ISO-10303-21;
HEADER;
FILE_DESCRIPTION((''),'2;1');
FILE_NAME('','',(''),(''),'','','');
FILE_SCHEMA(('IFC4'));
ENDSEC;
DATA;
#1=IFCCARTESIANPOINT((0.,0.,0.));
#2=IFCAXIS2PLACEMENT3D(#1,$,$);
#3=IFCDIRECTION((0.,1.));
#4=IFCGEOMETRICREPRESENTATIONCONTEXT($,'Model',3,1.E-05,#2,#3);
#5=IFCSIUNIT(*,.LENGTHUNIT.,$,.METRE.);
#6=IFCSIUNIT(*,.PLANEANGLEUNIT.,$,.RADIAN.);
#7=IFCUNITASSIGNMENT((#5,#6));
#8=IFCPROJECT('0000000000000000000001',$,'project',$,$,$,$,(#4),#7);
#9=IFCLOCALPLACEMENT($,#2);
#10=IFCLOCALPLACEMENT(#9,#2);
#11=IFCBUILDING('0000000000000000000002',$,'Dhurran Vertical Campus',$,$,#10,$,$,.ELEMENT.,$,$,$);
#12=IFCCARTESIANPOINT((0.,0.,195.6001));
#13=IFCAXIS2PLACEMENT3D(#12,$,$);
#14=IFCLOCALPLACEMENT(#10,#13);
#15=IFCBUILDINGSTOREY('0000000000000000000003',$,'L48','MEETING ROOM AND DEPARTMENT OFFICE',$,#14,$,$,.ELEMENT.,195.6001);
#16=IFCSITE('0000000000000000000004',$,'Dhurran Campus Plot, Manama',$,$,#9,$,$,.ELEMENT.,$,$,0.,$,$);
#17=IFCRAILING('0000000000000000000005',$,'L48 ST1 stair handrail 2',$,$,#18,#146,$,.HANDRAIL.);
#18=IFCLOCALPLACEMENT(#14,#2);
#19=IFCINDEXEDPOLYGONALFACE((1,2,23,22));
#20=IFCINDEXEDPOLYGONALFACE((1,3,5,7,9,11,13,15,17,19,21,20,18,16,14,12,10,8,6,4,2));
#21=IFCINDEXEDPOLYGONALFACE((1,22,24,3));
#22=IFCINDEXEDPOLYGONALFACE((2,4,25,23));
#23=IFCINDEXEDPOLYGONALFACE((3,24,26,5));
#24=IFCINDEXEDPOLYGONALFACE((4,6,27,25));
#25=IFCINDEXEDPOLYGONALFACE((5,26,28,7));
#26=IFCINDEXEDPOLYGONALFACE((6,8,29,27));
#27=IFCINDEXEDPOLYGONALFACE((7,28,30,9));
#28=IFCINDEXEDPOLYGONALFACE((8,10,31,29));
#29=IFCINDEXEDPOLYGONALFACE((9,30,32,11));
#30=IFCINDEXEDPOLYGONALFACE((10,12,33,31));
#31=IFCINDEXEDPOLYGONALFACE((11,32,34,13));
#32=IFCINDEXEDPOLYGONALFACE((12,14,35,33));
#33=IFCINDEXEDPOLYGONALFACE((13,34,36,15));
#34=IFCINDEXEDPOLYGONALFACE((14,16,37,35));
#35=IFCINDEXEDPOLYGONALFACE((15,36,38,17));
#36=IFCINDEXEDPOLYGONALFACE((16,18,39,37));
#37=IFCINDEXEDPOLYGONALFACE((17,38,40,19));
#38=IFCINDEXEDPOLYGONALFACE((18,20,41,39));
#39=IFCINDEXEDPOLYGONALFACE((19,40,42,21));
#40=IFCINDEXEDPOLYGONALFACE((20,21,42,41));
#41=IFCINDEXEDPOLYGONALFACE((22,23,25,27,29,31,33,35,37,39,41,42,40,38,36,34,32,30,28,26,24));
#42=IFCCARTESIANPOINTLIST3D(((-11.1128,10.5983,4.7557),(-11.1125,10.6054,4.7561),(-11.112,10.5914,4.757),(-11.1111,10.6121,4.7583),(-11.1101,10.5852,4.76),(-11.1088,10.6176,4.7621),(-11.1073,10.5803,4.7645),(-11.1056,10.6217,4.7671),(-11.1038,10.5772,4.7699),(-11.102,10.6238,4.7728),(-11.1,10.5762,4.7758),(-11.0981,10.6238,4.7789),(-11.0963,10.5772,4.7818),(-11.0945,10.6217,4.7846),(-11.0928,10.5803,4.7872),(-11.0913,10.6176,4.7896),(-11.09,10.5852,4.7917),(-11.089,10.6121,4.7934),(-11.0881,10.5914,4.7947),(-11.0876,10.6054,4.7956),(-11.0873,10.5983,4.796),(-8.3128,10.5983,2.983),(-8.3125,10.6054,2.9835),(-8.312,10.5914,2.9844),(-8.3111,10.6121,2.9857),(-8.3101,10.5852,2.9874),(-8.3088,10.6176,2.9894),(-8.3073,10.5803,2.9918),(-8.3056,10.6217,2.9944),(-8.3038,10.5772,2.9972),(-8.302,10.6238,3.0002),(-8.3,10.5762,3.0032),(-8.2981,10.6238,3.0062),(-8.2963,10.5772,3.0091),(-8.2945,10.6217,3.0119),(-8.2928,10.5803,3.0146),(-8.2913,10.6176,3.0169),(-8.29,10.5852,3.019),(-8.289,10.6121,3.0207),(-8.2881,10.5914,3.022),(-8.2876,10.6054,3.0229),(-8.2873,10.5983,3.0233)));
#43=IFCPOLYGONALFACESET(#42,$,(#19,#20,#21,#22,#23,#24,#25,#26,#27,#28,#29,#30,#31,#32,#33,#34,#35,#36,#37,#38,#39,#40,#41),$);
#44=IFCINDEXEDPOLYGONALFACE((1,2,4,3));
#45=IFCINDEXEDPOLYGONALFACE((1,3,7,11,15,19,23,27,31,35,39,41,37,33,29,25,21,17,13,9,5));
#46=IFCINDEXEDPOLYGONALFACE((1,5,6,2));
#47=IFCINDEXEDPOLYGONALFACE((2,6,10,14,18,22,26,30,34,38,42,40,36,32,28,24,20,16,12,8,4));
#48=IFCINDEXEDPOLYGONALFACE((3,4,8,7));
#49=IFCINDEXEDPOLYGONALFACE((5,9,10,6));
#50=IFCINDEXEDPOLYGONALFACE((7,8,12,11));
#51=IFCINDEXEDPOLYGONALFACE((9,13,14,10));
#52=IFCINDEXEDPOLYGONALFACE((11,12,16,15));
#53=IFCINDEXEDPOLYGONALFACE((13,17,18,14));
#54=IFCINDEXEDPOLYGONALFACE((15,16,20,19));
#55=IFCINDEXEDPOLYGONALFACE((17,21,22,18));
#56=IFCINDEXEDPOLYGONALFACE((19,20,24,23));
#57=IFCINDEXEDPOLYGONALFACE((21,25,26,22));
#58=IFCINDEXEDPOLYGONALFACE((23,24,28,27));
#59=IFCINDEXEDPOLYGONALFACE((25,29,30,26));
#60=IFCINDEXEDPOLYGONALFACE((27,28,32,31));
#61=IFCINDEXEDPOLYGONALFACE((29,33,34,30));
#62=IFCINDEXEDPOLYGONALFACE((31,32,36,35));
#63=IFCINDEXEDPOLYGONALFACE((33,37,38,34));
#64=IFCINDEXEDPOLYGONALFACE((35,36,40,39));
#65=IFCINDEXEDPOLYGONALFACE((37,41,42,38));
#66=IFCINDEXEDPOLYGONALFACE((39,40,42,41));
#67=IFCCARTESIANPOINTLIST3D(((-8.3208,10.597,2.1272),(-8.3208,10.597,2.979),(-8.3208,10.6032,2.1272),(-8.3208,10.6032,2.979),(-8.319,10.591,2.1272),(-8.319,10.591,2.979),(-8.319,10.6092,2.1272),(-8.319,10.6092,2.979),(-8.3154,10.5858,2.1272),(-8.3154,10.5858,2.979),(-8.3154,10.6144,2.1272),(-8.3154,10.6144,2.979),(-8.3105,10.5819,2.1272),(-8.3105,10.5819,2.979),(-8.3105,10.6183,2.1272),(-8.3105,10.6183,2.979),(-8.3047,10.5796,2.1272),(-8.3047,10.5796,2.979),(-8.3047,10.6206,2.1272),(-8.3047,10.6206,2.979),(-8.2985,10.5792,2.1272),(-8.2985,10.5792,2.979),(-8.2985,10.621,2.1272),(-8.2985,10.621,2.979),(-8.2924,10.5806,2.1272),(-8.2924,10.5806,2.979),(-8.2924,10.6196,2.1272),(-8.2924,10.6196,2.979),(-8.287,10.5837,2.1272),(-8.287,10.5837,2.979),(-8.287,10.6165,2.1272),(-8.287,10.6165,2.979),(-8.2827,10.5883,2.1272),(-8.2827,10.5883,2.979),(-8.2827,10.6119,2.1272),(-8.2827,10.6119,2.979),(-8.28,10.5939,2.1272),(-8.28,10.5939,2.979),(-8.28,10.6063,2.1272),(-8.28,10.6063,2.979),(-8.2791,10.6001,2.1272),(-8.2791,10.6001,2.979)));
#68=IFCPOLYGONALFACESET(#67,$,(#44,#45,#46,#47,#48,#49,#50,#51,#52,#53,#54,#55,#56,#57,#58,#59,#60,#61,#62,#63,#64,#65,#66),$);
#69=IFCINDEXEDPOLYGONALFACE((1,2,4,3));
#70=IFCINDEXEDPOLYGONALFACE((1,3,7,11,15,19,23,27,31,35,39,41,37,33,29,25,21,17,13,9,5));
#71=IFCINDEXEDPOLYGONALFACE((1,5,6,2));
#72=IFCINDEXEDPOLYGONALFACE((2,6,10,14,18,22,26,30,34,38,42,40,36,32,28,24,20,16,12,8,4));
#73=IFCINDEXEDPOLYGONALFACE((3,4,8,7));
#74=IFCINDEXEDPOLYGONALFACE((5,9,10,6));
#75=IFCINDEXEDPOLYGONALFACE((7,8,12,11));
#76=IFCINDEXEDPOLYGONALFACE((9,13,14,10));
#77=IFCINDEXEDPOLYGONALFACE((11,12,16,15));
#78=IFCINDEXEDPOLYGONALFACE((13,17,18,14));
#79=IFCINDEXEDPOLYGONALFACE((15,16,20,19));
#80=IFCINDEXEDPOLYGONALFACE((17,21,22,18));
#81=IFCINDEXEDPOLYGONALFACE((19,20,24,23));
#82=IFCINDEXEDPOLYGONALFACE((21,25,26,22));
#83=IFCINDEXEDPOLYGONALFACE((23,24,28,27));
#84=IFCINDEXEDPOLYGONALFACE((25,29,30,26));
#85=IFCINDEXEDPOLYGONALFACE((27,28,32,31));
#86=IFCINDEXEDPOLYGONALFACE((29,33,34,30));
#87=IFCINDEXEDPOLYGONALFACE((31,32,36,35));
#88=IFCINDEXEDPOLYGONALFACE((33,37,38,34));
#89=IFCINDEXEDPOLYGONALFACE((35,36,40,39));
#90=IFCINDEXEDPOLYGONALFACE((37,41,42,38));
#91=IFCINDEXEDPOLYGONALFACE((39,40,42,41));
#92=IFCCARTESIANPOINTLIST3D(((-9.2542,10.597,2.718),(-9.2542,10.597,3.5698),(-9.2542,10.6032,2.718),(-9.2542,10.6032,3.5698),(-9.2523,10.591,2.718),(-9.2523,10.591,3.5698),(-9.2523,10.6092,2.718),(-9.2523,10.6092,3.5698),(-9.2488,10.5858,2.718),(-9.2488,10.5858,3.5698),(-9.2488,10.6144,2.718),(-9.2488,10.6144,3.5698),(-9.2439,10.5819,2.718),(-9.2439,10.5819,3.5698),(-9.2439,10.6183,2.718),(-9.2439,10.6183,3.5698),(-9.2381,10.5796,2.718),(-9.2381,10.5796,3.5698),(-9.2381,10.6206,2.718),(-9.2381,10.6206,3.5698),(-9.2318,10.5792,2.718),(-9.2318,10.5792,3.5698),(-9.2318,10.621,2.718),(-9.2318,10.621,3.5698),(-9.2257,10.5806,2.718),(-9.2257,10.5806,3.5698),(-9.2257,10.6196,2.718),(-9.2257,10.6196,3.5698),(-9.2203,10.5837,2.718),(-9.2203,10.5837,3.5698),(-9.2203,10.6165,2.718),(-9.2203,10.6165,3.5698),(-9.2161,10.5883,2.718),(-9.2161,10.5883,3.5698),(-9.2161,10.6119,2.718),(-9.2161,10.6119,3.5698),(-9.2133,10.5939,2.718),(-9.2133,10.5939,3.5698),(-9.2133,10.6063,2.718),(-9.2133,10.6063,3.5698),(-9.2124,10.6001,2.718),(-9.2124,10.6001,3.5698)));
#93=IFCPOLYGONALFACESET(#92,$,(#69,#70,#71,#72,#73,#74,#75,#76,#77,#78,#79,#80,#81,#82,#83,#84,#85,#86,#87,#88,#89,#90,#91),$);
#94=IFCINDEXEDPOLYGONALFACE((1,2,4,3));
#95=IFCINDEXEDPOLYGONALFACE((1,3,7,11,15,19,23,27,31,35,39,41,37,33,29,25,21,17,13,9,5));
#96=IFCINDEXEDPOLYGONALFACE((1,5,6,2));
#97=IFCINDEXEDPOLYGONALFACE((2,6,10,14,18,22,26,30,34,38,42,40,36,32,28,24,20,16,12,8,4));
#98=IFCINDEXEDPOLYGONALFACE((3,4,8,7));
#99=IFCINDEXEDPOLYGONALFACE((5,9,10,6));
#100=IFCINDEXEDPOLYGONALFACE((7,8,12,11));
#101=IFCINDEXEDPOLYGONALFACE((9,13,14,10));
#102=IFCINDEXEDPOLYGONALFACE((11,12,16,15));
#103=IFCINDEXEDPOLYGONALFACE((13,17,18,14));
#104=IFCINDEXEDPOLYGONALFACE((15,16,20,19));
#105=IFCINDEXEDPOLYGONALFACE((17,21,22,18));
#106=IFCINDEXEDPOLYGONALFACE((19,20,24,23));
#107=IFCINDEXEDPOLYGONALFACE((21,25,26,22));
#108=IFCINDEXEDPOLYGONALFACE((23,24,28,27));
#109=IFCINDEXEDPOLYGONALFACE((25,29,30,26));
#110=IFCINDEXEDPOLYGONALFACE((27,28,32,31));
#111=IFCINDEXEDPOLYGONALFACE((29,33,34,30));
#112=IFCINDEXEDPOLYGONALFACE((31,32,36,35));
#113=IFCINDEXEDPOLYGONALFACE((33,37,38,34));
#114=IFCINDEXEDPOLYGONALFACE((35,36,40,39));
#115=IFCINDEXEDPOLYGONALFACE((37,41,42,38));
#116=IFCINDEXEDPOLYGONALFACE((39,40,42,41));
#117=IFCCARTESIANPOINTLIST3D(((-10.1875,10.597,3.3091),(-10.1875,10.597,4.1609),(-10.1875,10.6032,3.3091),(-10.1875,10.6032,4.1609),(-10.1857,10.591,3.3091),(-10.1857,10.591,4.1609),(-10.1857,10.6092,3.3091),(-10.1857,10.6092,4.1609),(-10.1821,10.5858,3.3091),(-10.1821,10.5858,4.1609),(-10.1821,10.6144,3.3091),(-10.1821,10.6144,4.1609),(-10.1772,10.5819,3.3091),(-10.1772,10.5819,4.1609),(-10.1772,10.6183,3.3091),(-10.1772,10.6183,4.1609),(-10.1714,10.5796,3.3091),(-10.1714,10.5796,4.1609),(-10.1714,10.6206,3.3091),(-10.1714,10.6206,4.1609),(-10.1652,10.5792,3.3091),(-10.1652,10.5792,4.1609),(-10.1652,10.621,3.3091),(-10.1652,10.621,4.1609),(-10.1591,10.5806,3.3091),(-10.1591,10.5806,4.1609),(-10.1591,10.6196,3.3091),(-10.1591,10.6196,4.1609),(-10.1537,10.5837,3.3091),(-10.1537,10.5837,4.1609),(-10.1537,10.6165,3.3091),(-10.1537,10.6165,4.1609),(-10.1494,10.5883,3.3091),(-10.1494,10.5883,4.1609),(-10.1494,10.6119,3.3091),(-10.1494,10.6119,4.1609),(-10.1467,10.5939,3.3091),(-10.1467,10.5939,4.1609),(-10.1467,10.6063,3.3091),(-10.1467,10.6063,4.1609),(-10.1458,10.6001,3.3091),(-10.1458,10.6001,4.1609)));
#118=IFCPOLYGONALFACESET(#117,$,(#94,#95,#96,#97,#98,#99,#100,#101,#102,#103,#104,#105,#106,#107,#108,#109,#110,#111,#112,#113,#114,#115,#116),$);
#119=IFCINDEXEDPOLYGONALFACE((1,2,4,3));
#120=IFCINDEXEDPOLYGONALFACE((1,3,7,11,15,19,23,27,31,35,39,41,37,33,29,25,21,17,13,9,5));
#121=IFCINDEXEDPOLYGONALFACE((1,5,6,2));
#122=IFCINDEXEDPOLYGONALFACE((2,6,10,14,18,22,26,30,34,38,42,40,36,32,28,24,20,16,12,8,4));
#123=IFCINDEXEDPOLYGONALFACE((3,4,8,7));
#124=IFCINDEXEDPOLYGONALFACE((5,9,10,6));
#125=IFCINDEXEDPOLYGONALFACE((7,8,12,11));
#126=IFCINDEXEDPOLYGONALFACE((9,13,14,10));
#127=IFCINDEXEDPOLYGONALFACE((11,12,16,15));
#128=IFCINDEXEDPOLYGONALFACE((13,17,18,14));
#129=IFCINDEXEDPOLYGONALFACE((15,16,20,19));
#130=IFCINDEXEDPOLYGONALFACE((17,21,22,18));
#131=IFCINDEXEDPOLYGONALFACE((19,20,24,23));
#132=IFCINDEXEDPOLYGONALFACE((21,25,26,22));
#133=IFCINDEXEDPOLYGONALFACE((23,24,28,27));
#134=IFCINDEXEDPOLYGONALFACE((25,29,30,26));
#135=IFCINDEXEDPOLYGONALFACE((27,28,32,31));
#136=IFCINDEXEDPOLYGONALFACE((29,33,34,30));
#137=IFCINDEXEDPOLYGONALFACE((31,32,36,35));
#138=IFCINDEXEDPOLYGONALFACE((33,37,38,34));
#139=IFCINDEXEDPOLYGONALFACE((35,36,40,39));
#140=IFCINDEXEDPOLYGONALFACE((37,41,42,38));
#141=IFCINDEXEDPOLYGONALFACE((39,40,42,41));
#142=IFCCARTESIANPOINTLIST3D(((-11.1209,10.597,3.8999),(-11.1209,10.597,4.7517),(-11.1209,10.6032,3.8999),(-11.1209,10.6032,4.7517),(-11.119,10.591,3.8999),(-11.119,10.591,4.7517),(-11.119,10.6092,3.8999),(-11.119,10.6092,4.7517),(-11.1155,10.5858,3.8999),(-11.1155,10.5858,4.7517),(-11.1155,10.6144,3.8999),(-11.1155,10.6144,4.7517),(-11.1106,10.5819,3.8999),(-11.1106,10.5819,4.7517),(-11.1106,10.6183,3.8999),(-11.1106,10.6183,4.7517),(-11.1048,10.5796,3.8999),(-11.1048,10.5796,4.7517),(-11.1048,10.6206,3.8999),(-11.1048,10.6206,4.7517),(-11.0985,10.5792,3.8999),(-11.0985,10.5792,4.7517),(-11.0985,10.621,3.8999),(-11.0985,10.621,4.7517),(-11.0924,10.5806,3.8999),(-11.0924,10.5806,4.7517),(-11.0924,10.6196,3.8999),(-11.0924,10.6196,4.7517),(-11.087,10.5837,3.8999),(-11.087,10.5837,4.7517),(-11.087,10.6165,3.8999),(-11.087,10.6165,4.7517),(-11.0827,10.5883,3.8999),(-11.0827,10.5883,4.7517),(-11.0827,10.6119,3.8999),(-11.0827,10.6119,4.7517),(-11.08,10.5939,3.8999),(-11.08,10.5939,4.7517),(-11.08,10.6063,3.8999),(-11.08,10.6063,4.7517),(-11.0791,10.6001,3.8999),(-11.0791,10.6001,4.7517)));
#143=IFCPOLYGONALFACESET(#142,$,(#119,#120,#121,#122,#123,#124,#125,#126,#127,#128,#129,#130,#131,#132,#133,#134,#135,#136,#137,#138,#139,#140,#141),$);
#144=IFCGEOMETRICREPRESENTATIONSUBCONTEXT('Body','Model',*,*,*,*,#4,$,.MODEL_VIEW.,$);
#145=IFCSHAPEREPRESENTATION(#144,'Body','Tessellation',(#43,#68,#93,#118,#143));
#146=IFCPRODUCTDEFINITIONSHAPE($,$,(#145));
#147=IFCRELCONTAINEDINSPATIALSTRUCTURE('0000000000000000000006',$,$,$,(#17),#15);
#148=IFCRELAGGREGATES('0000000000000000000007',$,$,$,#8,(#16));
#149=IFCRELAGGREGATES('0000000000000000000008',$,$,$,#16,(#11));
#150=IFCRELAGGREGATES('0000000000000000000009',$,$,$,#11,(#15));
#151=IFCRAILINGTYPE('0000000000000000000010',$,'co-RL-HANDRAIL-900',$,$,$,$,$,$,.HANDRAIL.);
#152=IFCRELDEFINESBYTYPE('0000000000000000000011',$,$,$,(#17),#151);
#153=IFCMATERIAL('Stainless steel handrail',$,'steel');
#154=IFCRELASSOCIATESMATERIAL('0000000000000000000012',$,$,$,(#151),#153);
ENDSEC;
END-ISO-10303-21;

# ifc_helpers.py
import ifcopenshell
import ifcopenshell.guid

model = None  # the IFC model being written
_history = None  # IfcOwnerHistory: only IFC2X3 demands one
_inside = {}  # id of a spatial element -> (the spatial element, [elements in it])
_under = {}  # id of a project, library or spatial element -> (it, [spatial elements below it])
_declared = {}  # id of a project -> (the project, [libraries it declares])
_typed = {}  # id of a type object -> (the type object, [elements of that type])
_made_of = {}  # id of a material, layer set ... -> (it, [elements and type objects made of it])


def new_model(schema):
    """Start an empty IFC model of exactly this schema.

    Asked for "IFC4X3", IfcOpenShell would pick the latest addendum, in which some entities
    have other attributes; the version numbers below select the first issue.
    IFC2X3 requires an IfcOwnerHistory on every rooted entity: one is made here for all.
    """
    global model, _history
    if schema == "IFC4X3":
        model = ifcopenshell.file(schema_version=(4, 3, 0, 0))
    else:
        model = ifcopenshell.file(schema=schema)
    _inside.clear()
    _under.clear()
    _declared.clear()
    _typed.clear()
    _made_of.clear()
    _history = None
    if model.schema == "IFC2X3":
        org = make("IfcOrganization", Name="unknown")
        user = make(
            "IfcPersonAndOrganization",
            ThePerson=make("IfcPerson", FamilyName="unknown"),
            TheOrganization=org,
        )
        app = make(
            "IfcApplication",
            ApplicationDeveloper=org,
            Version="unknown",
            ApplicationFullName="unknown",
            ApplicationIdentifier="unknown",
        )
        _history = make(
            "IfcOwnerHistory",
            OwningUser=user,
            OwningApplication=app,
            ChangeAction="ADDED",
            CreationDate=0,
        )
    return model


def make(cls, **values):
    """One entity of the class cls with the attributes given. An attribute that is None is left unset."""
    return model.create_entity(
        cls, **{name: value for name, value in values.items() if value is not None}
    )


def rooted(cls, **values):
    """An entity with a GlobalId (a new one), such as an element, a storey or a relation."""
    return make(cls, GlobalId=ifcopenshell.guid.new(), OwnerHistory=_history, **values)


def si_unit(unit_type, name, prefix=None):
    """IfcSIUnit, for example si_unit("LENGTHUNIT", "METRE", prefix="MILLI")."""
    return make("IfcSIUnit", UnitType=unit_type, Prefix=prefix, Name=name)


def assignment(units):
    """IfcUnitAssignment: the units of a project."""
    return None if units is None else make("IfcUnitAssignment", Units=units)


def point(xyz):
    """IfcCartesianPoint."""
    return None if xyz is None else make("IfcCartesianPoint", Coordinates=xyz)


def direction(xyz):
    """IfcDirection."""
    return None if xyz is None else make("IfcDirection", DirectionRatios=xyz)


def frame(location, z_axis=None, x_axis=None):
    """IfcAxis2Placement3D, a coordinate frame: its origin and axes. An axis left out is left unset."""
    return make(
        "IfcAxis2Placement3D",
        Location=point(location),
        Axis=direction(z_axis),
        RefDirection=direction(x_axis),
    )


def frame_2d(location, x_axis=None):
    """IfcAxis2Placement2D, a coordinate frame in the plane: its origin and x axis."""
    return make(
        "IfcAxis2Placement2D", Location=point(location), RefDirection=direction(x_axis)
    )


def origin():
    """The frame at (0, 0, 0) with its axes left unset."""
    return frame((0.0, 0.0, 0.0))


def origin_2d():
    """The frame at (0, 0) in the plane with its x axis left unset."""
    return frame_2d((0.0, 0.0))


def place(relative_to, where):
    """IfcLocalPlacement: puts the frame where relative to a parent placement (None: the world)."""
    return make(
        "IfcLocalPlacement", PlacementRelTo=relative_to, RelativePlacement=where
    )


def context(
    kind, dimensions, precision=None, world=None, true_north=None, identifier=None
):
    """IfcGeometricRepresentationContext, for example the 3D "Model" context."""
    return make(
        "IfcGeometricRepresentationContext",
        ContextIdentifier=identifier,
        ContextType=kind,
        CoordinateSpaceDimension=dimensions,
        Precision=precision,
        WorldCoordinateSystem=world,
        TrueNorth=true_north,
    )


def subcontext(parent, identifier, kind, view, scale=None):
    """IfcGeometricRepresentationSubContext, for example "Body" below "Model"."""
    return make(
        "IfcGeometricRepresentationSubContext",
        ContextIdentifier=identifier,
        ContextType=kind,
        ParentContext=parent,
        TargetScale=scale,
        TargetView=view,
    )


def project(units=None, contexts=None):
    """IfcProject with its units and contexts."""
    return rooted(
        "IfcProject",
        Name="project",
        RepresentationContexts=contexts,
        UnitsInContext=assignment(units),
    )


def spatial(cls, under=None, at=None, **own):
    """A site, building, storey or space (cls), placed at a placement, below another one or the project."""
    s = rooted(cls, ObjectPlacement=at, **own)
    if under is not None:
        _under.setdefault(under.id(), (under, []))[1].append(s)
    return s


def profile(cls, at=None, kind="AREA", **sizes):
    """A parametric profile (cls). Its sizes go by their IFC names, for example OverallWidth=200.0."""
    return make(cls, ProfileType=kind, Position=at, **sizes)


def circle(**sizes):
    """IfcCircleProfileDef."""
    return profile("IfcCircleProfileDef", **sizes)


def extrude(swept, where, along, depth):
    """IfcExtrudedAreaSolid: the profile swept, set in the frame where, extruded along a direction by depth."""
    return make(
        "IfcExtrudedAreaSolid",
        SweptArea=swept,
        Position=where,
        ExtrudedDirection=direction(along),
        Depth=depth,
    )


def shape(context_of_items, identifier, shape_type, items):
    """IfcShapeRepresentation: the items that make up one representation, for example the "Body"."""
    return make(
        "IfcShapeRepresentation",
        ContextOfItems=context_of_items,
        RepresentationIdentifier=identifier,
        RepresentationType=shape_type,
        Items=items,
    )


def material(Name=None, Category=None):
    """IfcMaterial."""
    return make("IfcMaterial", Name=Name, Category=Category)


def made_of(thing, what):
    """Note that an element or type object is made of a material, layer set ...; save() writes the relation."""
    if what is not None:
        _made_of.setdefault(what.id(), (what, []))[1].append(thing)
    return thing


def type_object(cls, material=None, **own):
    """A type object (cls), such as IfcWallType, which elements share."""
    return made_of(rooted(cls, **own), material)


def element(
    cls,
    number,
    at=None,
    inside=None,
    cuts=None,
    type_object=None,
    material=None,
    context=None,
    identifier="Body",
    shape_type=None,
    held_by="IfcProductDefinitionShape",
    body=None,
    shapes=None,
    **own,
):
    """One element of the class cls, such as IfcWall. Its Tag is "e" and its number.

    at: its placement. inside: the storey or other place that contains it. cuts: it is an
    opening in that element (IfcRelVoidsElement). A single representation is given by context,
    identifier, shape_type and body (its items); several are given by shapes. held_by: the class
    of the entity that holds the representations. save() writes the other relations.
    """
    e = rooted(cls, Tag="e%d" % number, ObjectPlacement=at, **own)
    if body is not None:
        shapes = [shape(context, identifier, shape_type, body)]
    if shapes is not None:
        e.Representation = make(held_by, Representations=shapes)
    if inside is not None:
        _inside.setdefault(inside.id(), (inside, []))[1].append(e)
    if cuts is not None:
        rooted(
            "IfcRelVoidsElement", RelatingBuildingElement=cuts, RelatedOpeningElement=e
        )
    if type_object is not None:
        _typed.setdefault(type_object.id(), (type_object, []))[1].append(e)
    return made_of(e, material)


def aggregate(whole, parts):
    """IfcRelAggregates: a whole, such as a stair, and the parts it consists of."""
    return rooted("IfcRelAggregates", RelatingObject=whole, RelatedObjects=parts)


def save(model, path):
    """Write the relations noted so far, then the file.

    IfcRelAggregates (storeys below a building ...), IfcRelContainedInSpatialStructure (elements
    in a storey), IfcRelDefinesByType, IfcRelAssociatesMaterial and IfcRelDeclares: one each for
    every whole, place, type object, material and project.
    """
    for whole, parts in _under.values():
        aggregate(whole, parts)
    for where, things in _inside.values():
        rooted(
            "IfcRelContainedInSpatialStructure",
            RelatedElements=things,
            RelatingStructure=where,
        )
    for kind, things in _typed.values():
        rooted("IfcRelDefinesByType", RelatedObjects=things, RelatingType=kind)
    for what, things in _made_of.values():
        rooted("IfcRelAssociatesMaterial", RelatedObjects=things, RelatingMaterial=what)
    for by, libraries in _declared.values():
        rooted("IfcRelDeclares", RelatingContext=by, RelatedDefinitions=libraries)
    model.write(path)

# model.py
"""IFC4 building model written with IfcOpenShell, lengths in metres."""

from ifc_helpers import new_model, si_unit, direction, frame, origin, origin_2d, place, context, subcontext, project, spatial, circle, extrude, material, type_object, element, save


model = new_model("IFC4")

# Units and contexts
model_context = context("Model", 3, precision=1e-05, world=origin(), true_north=direction((0.0, 1.0)))
body_context = subcontext(model_context, "Body", "Model", "MODEL_VIEW")
ifc_project = project(units=[si_unit("LENGTHUNIT", "METRE"), si_unit("PLANEANGLEUNIT", "RADIAN")], contexts=[model_context])

# Site, building, storey
site_placement = place(None, origin())
site = spatial("IfcSite", under=ifc_project, at=site_placement, Name="Dhurran Campus Plot, Manama", CompositionType="ELEMENT", RefElevation=0.0)
building_placement = place(site_placement, origin())
building = spatial("IfcBuilding", under=site, at=building_placement, Name="Dhurran Vertical Campus", CompositionType="ELEMENT")
storey_placement = place(building_placement, frame((0.0, 0.0, 195.6001)))
storey = spatial("IfcBuildingStorey", under=building, at=storey_placement, Name="L48", Description="MEETING ROOM AND DEPARTMENT OFFICE", CompositionType="ELEMENT", Elevation=195.6001)

# Railing
ifc_material_1 = material(Name="Stainless steel handrail", Category="steel")
railing_type_1 = type_object("IfcRailingType", Name="co-RL-HANDRAIL-900", PredefinedType="HANDRAIL", material=ifc_material_1)
railing_1_placement = place(storey_placement, frame((-8.3, 10.6001, 2.1272)))
element("IfcRailing", 1, at=railing_1_placement, inside=storey, type_object=railing_type_1, Name="L48 ST1 stair handrail 2", PredefinedType="HANDRAIL", context=body_context, shape_type="SweptSolid", body=[
    extrude(circle(Radius=0.0239, at=origin_2d()), frame((0.0, 0.0, 0.876), z_axis=(-0.844909, 0.0, 0.53491), x_axis=(0.0, -1.0, 0.0)), (0.0, 0.0, 1.0), 3.314),
    extrude(circle(Radius=0.021, at=origin_2d()), origin(), (0.0, 0.0, 1.0), 0.8518),
    extrude(circle(Radius=0.021, at=origin_2d()), frame((-0.9333, 0.0, 0.5908)), (0.0, 0.0, 1.0), 0.8518),
    extrude(circle(Radius=0.021, at=origin_2d()), frame((-1.8667, 0.0, 1.1819)), (0.0, 0.0, 1.0), 0.8518),
    extrude(circle(Radius=0.021, at=origin_2d()), frame((-2.8, 0.0, 1.7727)), (0.0, 0.0, 1.0), 0.8518),
])

save(model, "model.ifc")
